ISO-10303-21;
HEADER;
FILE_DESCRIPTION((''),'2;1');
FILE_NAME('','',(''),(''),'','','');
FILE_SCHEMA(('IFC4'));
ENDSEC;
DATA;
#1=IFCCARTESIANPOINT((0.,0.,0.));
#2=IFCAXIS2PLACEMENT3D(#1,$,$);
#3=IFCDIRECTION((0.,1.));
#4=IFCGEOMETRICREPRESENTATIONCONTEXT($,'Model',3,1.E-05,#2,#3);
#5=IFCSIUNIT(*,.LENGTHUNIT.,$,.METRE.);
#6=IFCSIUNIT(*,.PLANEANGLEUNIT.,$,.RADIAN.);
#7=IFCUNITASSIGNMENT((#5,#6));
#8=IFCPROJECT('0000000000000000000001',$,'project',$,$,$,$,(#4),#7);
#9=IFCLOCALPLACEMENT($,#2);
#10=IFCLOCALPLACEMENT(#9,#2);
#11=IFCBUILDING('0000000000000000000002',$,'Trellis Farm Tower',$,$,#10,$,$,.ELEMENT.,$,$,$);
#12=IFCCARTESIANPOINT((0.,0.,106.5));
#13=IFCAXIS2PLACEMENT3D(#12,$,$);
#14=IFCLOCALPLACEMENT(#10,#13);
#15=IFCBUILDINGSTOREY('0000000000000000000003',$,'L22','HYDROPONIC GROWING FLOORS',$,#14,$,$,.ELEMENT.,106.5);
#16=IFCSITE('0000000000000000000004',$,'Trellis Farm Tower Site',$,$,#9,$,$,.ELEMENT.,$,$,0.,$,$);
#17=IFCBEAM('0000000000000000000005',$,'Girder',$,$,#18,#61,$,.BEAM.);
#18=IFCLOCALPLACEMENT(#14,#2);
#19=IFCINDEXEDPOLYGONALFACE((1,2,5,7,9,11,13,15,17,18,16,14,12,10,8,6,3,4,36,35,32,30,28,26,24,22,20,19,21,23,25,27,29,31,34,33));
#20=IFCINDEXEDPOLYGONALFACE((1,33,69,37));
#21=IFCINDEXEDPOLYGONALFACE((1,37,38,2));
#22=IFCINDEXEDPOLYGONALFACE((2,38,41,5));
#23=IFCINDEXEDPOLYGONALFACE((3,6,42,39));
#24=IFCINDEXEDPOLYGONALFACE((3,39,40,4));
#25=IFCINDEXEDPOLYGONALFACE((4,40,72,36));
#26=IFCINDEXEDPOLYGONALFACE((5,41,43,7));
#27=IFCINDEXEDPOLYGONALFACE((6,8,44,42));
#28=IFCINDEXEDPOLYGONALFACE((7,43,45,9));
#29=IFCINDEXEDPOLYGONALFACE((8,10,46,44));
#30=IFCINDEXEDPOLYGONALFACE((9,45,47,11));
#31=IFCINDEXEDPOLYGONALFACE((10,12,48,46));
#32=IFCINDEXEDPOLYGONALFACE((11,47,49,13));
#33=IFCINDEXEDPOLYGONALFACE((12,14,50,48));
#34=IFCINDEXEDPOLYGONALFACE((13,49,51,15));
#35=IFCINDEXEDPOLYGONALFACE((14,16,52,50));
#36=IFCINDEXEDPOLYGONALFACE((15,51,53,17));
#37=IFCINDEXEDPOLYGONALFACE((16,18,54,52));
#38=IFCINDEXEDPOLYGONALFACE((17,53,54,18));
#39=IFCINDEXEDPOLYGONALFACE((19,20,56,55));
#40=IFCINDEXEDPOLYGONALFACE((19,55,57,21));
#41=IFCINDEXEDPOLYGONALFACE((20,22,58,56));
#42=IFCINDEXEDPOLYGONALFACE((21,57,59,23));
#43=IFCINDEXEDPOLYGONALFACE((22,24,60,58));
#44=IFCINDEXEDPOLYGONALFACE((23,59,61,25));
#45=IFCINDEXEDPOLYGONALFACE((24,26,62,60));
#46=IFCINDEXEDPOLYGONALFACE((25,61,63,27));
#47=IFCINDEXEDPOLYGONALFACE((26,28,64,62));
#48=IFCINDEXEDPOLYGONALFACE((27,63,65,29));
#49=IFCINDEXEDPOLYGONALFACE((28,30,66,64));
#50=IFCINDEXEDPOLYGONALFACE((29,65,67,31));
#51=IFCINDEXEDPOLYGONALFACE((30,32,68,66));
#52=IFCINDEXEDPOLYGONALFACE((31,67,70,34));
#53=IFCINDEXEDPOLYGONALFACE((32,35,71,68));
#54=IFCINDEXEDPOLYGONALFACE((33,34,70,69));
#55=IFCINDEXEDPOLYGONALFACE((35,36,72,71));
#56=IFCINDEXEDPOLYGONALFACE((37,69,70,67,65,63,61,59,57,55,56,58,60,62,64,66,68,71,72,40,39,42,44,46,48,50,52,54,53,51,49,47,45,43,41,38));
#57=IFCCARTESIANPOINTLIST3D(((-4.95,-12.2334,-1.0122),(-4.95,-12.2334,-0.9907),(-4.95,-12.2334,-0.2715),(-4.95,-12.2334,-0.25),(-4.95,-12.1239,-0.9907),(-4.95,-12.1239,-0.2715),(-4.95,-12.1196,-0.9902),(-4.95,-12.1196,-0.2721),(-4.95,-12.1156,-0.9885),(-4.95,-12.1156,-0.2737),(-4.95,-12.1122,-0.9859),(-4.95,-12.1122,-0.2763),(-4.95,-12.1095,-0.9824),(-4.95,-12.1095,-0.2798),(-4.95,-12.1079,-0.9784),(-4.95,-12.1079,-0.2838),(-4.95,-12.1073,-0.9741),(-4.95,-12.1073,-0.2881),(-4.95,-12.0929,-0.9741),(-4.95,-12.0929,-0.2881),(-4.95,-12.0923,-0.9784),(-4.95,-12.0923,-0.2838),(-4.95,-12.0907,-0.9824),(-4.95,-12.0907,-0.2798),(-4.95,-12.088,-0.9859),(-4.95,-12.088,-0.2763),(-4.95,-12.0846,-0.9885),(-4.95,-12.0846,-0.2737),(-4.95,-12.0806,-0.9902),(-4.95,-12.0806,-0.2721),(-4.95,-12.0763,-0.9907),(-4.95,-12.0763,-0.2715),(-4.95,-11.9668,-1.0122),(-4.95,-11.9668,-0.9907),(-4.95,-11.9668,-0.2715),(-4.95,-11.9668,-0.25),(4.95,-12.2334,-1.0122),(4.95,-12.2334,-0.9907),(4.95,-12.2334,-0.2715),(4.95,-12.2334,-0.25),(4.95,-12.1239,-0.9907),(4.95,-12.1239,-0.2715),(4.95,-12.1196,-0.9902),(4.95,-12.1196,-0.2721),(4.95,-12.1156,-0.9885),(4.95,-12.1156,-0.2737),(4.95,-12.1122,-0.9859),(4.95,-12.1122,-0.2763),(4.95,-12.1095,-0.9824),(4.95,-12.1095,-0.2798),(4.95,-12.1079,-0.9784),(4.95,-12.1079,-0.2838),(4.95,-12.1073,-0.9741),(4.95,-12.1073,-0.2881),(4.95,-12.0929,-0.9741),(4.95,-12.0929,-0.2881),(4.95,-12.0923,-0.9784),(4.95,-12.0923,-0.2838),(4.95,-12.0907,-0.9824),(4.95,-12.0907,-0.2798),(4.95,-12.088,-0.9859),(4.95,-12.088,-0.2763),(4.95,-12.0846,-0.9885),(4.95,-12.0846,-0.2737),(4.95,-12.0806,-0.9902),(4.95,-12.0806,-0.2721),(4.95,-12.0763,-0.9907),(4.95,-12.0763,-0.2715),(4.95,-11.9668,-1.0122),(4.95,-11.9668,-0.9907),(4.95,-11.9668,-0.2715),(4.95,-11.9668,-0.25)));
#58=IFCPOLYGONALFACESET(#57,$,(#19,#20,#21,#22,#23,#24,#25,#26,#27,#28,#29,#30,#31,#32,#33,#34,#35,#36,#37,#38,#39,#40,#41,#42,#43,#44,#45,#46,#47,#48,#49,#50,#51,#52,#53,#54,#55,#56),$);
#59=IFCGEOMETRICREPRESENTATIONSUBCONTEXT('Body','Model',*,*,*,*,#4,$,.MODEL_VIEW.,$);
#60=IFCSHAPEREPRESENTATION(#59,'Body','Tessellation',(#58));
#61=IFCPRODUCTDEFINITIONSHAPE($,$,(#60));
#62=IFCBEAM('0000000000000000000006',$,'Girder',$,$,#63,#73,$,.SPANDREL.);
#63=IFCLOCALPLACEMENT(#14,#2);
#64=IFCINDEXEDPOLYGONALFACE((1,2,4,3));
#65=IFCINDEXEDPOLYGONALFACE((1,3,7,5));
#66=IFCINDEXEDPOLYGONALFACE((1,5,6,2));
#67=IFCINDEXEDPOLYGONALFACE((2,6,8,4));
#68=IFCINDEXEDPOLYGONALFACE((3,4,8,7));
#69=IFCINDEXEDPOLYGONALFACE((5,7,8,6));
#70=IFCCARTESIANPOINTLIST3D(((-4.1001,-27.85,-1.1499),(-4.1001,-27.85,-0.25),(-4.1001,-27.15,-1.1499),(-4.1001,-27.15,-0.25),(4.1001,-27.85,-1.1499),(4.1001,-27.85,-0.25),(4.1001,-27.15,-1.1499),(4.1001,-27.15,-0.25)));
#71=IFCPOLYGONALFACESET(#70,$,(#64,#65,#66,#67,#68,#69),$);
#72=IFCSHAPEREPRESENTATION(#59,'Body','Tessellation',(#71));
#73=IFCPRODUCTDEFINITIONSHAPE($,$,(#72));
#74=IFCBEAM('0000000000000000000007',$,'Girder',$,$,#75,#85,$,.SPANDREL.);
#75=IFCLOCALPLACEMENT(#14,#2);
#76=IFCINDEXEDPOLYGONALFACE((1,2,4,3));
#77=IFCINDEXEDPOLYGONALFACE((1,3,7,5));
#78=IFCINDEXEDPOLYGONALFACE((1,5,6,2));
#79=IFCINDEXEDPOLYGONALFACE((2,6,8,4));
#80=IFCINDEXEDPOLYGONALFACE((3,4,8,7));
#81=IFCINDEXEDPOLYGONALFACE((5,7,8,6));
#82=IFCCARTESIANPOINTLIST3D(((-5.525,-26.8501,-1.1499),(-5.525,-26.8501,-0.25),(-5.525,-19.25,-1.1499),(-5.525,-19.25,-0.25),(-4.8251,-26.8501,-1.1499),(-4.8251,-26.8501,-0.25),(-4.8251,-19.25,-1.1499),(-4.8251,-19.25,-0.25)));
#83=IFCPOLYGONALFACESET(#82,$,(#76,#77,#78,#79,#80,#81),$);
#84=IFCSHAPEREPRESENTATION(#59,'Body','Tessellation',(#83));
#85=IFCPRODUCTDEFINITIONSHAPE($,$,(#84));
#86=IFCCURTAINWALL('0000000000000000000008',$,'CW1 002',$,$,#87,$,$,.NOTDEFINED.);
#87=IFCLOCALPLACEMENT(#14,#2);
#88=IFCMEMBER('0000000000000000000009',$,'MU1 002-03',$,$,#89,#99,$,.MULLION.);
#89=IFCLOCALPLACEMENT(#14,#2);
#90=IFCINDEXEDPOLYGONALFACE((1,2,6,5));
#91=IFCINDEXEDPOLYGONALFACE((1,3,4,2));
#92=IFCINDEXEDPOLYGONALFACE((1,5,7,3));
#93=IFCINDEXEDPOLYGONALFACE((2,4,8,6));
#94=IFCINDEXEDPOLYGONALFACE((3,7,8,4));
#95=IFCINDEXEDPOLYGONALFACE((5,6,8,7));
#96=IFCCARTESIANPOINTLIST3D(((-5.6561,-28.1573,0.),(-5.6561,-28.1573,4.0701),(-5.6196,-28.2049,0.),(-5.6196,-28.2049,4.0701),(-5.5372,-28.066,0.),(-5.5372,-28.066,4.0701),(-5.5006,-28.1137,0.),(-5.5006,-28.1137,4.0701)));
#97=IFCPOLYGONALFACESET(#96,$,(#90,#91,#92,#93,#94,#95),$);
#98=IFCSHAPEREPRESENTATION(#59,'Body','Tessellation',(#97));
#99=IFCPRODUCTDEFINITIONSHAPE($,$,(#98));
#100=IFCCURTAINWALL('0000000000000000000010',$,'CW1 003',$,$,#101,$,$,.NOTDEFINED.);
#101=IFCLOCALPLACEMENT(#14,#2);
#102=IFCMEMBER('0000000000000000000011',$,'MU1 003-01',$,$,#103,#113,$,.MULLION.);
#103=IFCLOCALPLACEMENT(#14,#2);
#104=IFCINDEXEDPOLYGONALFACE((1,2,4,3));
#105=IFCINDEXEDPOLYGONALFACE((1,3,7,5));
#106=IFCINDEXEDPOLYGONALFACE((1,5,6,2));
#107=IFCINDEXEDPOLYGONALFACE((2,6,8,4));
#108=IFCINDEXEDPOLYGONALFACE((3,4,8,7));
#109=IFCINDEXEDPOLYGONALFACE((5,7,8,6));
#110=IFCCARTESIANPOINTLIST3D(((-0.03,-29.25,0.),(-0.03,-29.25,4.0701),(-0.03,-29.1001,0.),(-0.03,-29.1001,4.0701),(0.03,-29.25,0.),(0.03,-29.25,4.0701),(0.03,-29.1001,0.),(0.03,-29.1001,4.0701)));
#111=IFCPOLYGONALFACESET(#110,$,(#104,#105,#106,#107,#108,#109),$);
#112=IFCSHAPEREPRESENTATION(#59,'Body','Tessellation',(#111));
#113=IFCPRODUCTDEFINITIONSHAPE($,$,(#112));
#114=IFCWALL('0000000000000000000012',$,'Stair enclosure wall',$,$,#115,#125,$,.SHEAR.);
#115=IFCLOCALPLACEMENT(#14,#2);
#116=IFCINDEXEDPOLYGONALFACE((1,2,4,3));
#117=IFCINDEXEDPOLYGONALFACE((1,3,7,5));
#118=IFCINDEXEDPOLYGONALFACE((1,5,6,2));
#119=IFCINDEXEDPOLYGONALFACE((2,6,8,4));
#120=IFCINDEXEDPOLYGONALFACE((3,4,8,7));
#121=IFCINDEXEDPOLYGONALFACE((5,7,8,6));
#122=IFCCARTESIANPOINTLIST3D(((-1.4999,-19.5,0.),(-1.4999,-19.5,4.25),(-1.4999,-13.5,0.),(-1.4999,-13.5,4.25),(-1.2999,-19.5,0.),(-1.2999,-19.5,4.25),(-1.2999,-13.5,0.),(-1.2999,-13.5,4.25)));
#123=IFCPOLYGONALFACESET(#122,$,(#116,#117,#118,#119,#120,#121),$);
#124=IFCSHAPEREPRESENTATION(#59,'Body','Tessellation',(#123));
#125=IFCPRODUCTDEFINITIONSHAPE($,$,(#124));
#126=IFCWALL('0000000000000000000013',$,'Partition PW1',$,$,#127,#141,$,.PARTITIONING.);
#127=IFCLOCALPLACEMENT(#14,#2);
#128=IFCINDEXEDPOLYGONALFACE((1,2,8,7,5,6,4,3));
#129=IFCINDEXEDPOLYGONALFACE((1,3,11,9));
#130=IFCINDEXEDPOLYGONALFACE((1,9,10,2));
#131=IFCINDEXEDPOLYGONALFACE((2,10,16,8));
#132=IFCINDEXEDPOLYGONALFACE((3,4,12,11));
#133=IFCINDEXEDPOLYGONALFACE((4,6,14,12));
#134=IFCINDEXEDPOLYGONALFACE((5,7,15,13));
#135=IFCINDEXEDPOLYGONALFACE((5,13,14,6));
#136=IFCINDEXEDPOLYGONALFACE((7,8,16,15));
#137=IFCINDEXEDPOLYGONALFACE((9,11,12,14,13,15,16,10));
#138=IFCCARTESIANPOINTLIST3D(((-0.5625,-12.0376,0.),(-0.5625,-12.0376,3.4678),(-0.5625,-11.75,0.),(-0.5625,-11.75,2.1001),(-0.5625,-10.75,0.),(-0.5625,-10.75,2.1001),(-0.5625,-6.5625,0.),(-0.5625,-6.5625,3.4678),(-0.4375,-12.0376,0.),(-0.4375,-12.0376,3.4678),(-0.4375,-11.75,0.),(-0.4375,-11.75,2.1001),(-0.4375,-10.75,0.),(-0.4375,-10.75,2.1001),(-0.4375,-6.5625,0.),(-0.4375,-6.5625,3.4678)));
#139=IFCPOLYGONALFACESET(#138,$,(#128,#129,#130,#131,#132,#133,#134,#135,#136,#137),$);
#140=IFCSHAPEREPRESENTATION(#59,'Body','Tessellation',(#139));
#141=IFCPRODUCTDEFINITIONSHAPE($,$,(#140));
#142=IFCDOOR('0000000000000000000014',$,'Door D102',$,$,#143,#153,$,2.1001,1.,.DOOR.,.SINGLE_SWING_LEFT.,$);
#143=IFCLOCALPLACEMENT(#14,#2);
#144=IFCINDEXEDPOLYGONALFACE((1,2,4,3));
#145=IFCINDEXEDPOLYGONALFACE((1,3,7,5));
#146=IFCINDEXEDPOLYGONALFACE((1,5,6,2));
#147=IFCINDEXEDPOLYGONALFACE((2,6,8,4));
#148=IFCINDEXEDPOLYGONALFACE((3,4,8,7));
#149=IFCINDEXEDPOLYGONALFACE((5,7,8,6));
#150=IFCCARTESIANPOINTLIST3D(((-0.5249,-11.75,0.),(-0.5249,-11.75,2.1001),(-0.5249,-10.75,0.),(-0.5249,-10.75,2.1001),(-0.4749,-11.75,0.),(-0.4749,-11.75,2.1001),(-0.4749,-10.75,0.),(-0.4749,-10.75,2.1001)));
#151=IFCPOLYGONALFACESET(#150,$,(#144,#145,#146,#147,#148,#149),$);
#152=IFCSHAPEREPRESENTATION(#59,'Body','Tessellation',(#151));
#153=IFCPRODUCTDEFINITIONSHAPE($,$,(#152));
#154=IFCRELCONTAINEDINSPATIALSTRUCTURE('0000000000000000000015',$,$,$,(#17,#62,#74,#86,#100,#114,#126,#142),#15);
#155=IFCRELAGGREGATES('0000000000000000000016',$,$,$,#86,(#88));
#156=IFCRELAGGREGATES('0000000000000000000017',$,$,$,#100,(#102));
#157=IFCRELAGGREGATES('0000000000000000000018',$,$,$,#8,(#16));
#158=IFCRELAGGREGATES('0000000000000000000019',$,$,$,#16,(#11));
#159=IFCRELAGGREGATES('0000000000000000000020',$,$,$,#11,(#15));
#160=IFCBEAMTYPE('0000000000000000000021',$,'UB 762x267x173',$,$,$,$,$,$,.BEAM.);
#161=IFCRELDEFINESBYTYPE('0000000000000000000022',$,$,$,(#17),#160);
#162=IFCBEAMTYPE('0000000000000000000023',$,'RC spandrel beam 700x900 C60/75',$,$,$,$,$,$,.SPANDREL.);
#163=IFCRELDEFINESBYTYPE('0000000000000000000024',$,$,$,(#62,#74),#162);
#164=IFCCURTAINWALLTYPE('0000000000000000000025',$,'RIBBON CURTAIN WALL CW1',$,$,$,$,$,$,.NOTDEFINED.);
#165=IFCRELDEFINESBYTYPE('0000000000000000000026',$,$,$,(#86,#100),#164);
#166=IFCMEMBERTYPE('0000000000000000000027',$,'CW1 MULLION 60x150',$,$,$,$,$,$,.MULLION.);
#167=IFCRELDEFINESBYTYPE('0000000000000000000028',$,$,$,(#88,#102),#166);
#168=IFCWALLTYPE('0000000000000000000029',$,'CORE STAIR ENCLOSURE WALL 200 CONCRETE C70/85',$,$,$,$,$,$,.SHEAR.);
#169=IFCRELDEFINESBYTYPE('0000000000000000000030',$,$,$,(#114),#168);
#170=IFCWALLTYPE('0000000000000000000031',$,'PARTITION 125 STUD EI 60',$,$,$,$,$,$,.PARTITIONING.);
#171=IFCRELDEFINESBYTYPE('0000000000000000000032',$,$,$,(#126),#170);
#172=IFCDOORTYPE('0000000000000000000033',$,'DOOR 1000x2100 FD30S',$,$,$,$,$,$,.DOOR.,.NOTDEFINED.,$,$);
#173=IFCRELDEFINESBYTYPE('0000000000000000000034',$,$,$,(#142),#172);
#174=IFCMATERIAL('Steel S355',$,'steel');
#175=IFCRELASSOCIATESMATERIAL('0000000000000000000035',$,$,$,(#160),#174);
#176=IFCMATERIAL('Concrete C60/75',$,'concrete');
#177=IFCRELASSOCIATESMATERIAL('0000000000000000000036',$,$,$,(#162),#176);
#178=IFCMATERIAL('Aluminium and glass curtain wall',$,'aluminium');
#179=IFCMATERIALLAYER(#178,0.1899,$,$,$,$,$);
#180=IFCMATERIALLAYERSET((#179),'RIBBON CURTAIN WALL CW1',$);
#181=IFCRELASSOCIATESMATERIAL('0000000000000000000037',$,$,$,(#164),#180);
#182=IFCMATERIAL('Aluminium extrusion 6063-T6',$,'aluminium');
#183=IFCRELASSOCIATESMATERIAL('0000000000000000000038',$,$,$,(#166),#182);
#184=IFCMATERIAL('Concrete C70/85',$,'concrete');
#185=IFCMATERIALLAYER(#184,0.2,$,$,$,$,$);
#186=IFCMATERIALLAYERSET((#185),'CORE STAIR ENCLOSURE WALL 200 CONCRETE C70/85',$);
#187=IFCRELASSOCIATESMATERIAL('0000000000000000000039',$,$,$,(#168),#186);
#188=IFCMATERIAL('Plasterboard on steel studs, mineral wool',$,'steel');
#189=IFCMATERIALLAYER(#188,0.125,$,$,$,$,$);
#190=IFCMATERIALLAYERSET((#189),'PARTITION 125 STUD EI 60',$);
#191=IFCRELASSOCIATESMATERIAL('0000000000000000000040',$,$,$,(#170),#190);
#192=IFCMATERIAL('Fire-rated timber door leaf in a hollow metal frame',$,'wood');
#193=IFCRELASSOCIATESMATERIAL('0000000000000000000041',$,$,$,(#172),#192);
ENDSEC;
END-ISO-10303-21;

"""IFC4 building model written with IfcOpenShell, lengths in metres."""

from ifc_helpers import new_model, si_unit, direction, frame, frame_2d, origin, origin_2d, place, context, subcontext, project, spatial, rectangle, i_section, extrude, source, transform, mapped, material, layer, layer_set, material_profile, profile_set, type_object, element, fill, aggregate, save


model = new_model("IFC4")

# Units and contexts
model_context = context("Model", 3, precision=1e-05, world=origin(), true_north=direction((0.0, 1.0)))
body_context = subcontext(model_context, "Body", "Model", "MODEL_VIEW")
ifc_project = project(units=[si_unit("LENGTHUNIT", "METRE"), si_unit("PLANEANGLEUNIT", "RADIAN")], contexts=[model_context])

# Site, building, storey
site_placement = place(None, origin())
site = spatial("IfcSite", under=ifc_project, at=site_placement, Name="Trellis Farm Tower Site", CompositionType="ELEMENT", RefElevation=0.0)
building_placement = place(site_placement, origin())
building = spatial("IfcBuilding", under=site, at=building_placement, Name="Trellis Farm Tower", CompositionType="ELEMENT")
storey_placement = place(building_placement, frame((0.0, 0.0, 106.5)))
storey = spatial("IfcBuildingStorey", under=building, at=storey_placement, Name="L22", Description="HYDROPONIC GROWING FLOORS", CompositionType="ELEMENT", Elevation=106.5)

# Beams
ifc_material_1 = material(Name="Steel S355", Category="steel")
ifc_material_profile_1 = material_profile(ifc_material_1, i_section(OverallWidth=0.2666, OverallDepth=0.7622, WebThickness=0.0144, FlangeThickness=0.0215, FilletRadius=0.0166, at=origin_2d()), Name="UB 762x267x173")
ifc_profile_set_1 = profile_set([ifc_material_profile_1], Name="Steel S355")
beam_type_1 = type_object("IfcBeamType", Name="UB 762x267x173", PredefinedType="BEAM", material=ifc_profile_set_1)
shared_shape_1 = source(origin(), body_context, "Body", "SweptSolid", [
    extrude(i_section(OverallWidth=0.2666, OverallDepth=0.7622, WebThickness=0.0144, FlangeThickness=0.0215, FilletRadius=0.0166, at=origin_2d()), origin(), (0.0, 0.0, 1.0), 9.8999),
])
beam_1_placement = place(storey_placement, frame((-4.95, -12.1001, -0.6311), z_axis=(1.0, 0.0, 0.0), x_axis=(0.0, 1.0, 0.0)))
element("IfcBeam", 1, at=beam_1_placement, inside=storey, type_object=beam_type_1, Name="Girder", PredefinedType="BEAM", context=body_context, shape_type="MappedRepresentation", body=[
    mapped(shared_shape_1, transform((0.0, 0.0, 0.0))),
])
ifc_material_2 = material(Name="Concrete C60/75", Category="concrete")
ifc_material_profile_2 = material_profile(ifc_material_2, rectangle(XDim=0.7, YDim=0.8999, at=origin_2d()), Name="RC spandrel beam 700x900 C60/75")
ifc_profile_set_2 = profile_set([ifc_material_profile_2], Name="Concrete C60/75")
beam_type_2 = type_object("IfcBeamType", Name="RC spandrel beam 700x900 C60/75", PredefinedType="SPANDREL", material=ifc_profile_set_2)
shared_shape_2 = source(origin(), body_context, "Body", "SweptSolid", [
    extrude(rectangle(XDim=0.7, YDim=0.8999, at=origin_2d()), origin(), (0.0, 0.0, 1.0), 8.2002),
])
beam_2_placement = place(storey_placement, frame((-4.1001, -27.5, -0.7), z_axis=(1.0, 0.0, 0.0), x_axis=(0.0, 1.0, 0.0)))
element("IfcBeam", 2, at=beam_2_placement, inside=storey, type_object=beam_type_2, Name="Girder", PredefinedType="SPANDREL", context=body_context, shape_type="MappedRepresentation", body=[
    mapped(shared_shape_2, transform((0.0, 0.0, 0.0))),
])
shared_shape_3 = source(origin(), body_context, "Body", "SweptSolid", [
    extrude(rectangle(XDim=0.7, YDim=0.8999, at=origin_2d()), origin(), (0.0, 0.0, 1.0), 7.6001),
])
beam_3_placement = place(storey_placement, frame((-5.175, -26.8501, -0.7), z_axis=(0.0, 1.0, 0.0), x_axis=(-1.0, 0.0, 0.0)))
element("IfcBeam", 3, at=beam_3_placement, inside=storey, type_object=beam_type_2, Name="Girder", PredefinedType="SPANDREL", context=body_context, shape_type="MappedRepresentation", body=[
    mapped(shared_shape_3, transform((0.0, 0.0, 0.0))),
])

# Curtain walls, members
ifc_material_3 = material(Name="Aluminium and glass curtain wall", Category="aluminium")
ifc_layer_1 = layer(ifc_material_3, 0.1899)
ifc_layer_set_1 = layer_set([ifc_layer_1], Name="RIBBON CURTAIN WALL CW1")
curtain_wall_type = type_object("IfcCurtainWallType", Name="RIBBON CURTAIN WALL CW1", PredefinedType="NOTDEFINED", material=ifc_layer_set_1)
placement = place(storey_placement, origin())
curtain_wall_1 = element("IfcCurtainWall", 4, at=placement, inside=storey, type_object=curtain_wall_type, Name="CW1 002", PredefinedType="NOTDEFINED")
ifc_material_4 = material(Name="Aluminium extrusion 6063-T6", Category="aluminium")
ifc_material_profile_3 = material_profile(ifc_material_4, rectangle(XDim=0.0601, YDim=0.1499, at=origin_2d()), Name="MULLION 60x150")
ifc_profile_set_3 = profile_set([ifc_material_profile_3], Name="Aluminium extrusion 6063-T6")
member_type = type_object("IfcMemberType", Name="CW1 MULLION 60x150", PredefinedType="MULLION", material=ifc_profile_set_3)
shared_shape_4 = source(origin(), body_context, "Body", "SweptSolid", [
    extrude(rectangle(XDim=0.0601, YDim=0.1499, at=origin_2d()), origin(), (0.0, 0.0, 1.0), 4.0701),
])
member_1_placement = place(storey_placement, frame((-5.5784, -28.1355, 0.0), z_axis=(0.0, 0.0, 1.0), x_axis=(0.608761, -0.793353, 0.0)))
member_1 = element("IfcMember", 5, at=member_1_placement, type_object=member_type, Name="MU1 002-03", PredefinedType="MULLION", context=body_context, shape_type="MappedRepresentation", body=[
    mapped(shared_shape_4, transform((0.0, 0.0, 0.0))),
])
aggregate(curtain_wall_1, [member_1])
curtain_wall_2 = element("IfcCurtainWall", 6, at=placement, inside=storey, type_object=curtain_wall_type, Name="CW1 003", PredefinedType="NOTDEFINED")
member_2_placement = place(storey_placement, frame((0.0, -29.175, 0.0), z_axis=(0.0, 0.0, 1.0), x_axis=(1.0, 0.0, 0.0)))
member_2 = element("IfcMember", 7, at=member_2_placement, type_object=member_type, Name="MU1 003-01", PredefinedType="MULLION", context=body_context, shape_type="MappedRepresentation", body=[
    mapped(shared_shape_4, transform((0.0, 0.0, 0.0))),
])
aggregate(curtain_wall_2, [member_2])

# Wall
ifc_material_5 = material(Name="Concrete C70/85", Category="concrete")
ifc_layer_2 = layer(ifc_material_5, 0.2)
ifc_layer_set_2 = layer_set([ifc_layer_2], Name="CORE STAIR ENCLOSURE WALL 200 CONCRETE C70/85")
wall_type_1 = type_object("IfcWallType", Name="CORE STAIR ENCLOSURE WALL 200 CONCRETE C70/85", PredefinedType="SHEAR", material=ifc_layer_set_2)
shared_shape_5 = source(origin(), body_context, "Body", "SweptSolid", [
    extrude(rectangle(XDim=6.0, YDim=0.2, at=frame_2d((3.0, 0.0))), origin(), (0.0, 0.0, 1.0), 4.25),
])
wall_1_placement = place(storey_placement, frame((-1.3999, -13.5, 0.0), z_axis=(0.0, 0.0, 1.0), x_axis=(0.0, -1.0, 0.0)))
element("IfcWall", 8, at=wall_1_placement, inside=storey, type_object=wall_type_1, Name="Stair enclosure wall", PredefinedType="SHEAR", context=body_context, shape_type="MappedRepresentation", body=[
    mapped(shared_shape_5, transform((0.0, 0.0, 0.0))),
])

# Wall, opening, door
ifc_material_6 = material(Name="Plasterboard on steel studs, mineral wool", Category="steel")
ifc_layer_3 = layer(ifc_material_6, 0.125)
ifc_layer_set_3 = layer_set([ifc_layer_3], Name="PARTITION 125 STUD EI 60")
wall_type_2 = type_object("IfcWallType", Name="PARTITION 125 STUD EI 60", PredefinedType="PARTITIONING", material=ifc_layer_set_3)
shared_shape_6 = source(origin(), body_context, "Body", "SweptSolid", [
    extrude(rectangle(XDim=5.4751, YDim=0.125, at=frame_2d((2.7375, 0.0))), origin(), (0.0, 0.0, 1.0), 3.4678),
])
wall_2_placement = place(storey_placement, frame((-0.5, -12.0376, 0.0), z_axis=(0.0, 0.0, 1.0), x_axis=(0.0, 1.0, 0.0)))
wall_2 = element("IfcWall", 9, at=wall_2_placement, inside=storey, type_object=wall_type_2, Name="Partition PW1", PredefinedType="PARTITIONING", context=body_context, shape_type="MappedRepresentation", body=[
    mapped(shared_shape_6, transform((0.0, 0.0, 0.0))),
])
shared_shape_7 = source(origin(), body_context, "Body", "SweptSolid", [
    extrude(rectangle(XDim=1.0, YDim=2.1001, at=frame_2d((0.5, 1.05))), frame((0.0, 0.0725, 0.0), z_axis=(0.0, -1.0, 0.0), x_axis=(1.0, 0.0, 0.0)), (0.0, 0.0, 1.0), 0.145),
])
opening_1_placement = place(wall_2_placement, frame((0.2876, 0.0, 0.0)))
opening_1 = element("IfcOpeningElement", 10, at=opening_1_placement, cuts=wall_2, PredefinedType="OPENING", context=body_context, shape_type="MappedRepresentation", body=[
    mapped(shared_shape_7, transform((0.0, 0.0, 0.0))),
])
ifc_material_7 = material(Name="Fire-rated timber door leaf in a hollow metal frame", Category="wood")
door_type_1 = type_object("IfcDoorType", Name="DOOR 1000x2100 FD30S", OperationType="NOTDEFINED", PredefinedType="DOOR", material=ifc_material_7)
shared_shape_8 = source(origin(), body_context, "Body", "SweptSolid", [
    extrude(rectangle(XDim=1.0, YDim=2.1001, at=frame_2d((0.5, 1.05))), frame((0.0, 0.0249, 0.0), z_axis=(0.0, -1.0, 0.0), x_axis=(1.0, 0.0, 0.0)), (0.0, 0.0, 1.0), 0.05),
])
door_1_placement = place(opening_1_placement, origin())
door_1 = element("IfcDoor", 11, at=door_1_placement, inside=storey, type_object=door_type_1, Name="Door D102", OperationType="SINGLE_SWING_LEFT", OverallHeight=2.1001, OverallWidth=1.0, PredefinedType="DOOR", context=body_context, shape_type="MappedRepresentation", body=[
    mapped(shared_shape_8, transform((0.0, 0.0, 0.0))),
])
fill(opening_1, door_1)

save(model, "model.ifc")
